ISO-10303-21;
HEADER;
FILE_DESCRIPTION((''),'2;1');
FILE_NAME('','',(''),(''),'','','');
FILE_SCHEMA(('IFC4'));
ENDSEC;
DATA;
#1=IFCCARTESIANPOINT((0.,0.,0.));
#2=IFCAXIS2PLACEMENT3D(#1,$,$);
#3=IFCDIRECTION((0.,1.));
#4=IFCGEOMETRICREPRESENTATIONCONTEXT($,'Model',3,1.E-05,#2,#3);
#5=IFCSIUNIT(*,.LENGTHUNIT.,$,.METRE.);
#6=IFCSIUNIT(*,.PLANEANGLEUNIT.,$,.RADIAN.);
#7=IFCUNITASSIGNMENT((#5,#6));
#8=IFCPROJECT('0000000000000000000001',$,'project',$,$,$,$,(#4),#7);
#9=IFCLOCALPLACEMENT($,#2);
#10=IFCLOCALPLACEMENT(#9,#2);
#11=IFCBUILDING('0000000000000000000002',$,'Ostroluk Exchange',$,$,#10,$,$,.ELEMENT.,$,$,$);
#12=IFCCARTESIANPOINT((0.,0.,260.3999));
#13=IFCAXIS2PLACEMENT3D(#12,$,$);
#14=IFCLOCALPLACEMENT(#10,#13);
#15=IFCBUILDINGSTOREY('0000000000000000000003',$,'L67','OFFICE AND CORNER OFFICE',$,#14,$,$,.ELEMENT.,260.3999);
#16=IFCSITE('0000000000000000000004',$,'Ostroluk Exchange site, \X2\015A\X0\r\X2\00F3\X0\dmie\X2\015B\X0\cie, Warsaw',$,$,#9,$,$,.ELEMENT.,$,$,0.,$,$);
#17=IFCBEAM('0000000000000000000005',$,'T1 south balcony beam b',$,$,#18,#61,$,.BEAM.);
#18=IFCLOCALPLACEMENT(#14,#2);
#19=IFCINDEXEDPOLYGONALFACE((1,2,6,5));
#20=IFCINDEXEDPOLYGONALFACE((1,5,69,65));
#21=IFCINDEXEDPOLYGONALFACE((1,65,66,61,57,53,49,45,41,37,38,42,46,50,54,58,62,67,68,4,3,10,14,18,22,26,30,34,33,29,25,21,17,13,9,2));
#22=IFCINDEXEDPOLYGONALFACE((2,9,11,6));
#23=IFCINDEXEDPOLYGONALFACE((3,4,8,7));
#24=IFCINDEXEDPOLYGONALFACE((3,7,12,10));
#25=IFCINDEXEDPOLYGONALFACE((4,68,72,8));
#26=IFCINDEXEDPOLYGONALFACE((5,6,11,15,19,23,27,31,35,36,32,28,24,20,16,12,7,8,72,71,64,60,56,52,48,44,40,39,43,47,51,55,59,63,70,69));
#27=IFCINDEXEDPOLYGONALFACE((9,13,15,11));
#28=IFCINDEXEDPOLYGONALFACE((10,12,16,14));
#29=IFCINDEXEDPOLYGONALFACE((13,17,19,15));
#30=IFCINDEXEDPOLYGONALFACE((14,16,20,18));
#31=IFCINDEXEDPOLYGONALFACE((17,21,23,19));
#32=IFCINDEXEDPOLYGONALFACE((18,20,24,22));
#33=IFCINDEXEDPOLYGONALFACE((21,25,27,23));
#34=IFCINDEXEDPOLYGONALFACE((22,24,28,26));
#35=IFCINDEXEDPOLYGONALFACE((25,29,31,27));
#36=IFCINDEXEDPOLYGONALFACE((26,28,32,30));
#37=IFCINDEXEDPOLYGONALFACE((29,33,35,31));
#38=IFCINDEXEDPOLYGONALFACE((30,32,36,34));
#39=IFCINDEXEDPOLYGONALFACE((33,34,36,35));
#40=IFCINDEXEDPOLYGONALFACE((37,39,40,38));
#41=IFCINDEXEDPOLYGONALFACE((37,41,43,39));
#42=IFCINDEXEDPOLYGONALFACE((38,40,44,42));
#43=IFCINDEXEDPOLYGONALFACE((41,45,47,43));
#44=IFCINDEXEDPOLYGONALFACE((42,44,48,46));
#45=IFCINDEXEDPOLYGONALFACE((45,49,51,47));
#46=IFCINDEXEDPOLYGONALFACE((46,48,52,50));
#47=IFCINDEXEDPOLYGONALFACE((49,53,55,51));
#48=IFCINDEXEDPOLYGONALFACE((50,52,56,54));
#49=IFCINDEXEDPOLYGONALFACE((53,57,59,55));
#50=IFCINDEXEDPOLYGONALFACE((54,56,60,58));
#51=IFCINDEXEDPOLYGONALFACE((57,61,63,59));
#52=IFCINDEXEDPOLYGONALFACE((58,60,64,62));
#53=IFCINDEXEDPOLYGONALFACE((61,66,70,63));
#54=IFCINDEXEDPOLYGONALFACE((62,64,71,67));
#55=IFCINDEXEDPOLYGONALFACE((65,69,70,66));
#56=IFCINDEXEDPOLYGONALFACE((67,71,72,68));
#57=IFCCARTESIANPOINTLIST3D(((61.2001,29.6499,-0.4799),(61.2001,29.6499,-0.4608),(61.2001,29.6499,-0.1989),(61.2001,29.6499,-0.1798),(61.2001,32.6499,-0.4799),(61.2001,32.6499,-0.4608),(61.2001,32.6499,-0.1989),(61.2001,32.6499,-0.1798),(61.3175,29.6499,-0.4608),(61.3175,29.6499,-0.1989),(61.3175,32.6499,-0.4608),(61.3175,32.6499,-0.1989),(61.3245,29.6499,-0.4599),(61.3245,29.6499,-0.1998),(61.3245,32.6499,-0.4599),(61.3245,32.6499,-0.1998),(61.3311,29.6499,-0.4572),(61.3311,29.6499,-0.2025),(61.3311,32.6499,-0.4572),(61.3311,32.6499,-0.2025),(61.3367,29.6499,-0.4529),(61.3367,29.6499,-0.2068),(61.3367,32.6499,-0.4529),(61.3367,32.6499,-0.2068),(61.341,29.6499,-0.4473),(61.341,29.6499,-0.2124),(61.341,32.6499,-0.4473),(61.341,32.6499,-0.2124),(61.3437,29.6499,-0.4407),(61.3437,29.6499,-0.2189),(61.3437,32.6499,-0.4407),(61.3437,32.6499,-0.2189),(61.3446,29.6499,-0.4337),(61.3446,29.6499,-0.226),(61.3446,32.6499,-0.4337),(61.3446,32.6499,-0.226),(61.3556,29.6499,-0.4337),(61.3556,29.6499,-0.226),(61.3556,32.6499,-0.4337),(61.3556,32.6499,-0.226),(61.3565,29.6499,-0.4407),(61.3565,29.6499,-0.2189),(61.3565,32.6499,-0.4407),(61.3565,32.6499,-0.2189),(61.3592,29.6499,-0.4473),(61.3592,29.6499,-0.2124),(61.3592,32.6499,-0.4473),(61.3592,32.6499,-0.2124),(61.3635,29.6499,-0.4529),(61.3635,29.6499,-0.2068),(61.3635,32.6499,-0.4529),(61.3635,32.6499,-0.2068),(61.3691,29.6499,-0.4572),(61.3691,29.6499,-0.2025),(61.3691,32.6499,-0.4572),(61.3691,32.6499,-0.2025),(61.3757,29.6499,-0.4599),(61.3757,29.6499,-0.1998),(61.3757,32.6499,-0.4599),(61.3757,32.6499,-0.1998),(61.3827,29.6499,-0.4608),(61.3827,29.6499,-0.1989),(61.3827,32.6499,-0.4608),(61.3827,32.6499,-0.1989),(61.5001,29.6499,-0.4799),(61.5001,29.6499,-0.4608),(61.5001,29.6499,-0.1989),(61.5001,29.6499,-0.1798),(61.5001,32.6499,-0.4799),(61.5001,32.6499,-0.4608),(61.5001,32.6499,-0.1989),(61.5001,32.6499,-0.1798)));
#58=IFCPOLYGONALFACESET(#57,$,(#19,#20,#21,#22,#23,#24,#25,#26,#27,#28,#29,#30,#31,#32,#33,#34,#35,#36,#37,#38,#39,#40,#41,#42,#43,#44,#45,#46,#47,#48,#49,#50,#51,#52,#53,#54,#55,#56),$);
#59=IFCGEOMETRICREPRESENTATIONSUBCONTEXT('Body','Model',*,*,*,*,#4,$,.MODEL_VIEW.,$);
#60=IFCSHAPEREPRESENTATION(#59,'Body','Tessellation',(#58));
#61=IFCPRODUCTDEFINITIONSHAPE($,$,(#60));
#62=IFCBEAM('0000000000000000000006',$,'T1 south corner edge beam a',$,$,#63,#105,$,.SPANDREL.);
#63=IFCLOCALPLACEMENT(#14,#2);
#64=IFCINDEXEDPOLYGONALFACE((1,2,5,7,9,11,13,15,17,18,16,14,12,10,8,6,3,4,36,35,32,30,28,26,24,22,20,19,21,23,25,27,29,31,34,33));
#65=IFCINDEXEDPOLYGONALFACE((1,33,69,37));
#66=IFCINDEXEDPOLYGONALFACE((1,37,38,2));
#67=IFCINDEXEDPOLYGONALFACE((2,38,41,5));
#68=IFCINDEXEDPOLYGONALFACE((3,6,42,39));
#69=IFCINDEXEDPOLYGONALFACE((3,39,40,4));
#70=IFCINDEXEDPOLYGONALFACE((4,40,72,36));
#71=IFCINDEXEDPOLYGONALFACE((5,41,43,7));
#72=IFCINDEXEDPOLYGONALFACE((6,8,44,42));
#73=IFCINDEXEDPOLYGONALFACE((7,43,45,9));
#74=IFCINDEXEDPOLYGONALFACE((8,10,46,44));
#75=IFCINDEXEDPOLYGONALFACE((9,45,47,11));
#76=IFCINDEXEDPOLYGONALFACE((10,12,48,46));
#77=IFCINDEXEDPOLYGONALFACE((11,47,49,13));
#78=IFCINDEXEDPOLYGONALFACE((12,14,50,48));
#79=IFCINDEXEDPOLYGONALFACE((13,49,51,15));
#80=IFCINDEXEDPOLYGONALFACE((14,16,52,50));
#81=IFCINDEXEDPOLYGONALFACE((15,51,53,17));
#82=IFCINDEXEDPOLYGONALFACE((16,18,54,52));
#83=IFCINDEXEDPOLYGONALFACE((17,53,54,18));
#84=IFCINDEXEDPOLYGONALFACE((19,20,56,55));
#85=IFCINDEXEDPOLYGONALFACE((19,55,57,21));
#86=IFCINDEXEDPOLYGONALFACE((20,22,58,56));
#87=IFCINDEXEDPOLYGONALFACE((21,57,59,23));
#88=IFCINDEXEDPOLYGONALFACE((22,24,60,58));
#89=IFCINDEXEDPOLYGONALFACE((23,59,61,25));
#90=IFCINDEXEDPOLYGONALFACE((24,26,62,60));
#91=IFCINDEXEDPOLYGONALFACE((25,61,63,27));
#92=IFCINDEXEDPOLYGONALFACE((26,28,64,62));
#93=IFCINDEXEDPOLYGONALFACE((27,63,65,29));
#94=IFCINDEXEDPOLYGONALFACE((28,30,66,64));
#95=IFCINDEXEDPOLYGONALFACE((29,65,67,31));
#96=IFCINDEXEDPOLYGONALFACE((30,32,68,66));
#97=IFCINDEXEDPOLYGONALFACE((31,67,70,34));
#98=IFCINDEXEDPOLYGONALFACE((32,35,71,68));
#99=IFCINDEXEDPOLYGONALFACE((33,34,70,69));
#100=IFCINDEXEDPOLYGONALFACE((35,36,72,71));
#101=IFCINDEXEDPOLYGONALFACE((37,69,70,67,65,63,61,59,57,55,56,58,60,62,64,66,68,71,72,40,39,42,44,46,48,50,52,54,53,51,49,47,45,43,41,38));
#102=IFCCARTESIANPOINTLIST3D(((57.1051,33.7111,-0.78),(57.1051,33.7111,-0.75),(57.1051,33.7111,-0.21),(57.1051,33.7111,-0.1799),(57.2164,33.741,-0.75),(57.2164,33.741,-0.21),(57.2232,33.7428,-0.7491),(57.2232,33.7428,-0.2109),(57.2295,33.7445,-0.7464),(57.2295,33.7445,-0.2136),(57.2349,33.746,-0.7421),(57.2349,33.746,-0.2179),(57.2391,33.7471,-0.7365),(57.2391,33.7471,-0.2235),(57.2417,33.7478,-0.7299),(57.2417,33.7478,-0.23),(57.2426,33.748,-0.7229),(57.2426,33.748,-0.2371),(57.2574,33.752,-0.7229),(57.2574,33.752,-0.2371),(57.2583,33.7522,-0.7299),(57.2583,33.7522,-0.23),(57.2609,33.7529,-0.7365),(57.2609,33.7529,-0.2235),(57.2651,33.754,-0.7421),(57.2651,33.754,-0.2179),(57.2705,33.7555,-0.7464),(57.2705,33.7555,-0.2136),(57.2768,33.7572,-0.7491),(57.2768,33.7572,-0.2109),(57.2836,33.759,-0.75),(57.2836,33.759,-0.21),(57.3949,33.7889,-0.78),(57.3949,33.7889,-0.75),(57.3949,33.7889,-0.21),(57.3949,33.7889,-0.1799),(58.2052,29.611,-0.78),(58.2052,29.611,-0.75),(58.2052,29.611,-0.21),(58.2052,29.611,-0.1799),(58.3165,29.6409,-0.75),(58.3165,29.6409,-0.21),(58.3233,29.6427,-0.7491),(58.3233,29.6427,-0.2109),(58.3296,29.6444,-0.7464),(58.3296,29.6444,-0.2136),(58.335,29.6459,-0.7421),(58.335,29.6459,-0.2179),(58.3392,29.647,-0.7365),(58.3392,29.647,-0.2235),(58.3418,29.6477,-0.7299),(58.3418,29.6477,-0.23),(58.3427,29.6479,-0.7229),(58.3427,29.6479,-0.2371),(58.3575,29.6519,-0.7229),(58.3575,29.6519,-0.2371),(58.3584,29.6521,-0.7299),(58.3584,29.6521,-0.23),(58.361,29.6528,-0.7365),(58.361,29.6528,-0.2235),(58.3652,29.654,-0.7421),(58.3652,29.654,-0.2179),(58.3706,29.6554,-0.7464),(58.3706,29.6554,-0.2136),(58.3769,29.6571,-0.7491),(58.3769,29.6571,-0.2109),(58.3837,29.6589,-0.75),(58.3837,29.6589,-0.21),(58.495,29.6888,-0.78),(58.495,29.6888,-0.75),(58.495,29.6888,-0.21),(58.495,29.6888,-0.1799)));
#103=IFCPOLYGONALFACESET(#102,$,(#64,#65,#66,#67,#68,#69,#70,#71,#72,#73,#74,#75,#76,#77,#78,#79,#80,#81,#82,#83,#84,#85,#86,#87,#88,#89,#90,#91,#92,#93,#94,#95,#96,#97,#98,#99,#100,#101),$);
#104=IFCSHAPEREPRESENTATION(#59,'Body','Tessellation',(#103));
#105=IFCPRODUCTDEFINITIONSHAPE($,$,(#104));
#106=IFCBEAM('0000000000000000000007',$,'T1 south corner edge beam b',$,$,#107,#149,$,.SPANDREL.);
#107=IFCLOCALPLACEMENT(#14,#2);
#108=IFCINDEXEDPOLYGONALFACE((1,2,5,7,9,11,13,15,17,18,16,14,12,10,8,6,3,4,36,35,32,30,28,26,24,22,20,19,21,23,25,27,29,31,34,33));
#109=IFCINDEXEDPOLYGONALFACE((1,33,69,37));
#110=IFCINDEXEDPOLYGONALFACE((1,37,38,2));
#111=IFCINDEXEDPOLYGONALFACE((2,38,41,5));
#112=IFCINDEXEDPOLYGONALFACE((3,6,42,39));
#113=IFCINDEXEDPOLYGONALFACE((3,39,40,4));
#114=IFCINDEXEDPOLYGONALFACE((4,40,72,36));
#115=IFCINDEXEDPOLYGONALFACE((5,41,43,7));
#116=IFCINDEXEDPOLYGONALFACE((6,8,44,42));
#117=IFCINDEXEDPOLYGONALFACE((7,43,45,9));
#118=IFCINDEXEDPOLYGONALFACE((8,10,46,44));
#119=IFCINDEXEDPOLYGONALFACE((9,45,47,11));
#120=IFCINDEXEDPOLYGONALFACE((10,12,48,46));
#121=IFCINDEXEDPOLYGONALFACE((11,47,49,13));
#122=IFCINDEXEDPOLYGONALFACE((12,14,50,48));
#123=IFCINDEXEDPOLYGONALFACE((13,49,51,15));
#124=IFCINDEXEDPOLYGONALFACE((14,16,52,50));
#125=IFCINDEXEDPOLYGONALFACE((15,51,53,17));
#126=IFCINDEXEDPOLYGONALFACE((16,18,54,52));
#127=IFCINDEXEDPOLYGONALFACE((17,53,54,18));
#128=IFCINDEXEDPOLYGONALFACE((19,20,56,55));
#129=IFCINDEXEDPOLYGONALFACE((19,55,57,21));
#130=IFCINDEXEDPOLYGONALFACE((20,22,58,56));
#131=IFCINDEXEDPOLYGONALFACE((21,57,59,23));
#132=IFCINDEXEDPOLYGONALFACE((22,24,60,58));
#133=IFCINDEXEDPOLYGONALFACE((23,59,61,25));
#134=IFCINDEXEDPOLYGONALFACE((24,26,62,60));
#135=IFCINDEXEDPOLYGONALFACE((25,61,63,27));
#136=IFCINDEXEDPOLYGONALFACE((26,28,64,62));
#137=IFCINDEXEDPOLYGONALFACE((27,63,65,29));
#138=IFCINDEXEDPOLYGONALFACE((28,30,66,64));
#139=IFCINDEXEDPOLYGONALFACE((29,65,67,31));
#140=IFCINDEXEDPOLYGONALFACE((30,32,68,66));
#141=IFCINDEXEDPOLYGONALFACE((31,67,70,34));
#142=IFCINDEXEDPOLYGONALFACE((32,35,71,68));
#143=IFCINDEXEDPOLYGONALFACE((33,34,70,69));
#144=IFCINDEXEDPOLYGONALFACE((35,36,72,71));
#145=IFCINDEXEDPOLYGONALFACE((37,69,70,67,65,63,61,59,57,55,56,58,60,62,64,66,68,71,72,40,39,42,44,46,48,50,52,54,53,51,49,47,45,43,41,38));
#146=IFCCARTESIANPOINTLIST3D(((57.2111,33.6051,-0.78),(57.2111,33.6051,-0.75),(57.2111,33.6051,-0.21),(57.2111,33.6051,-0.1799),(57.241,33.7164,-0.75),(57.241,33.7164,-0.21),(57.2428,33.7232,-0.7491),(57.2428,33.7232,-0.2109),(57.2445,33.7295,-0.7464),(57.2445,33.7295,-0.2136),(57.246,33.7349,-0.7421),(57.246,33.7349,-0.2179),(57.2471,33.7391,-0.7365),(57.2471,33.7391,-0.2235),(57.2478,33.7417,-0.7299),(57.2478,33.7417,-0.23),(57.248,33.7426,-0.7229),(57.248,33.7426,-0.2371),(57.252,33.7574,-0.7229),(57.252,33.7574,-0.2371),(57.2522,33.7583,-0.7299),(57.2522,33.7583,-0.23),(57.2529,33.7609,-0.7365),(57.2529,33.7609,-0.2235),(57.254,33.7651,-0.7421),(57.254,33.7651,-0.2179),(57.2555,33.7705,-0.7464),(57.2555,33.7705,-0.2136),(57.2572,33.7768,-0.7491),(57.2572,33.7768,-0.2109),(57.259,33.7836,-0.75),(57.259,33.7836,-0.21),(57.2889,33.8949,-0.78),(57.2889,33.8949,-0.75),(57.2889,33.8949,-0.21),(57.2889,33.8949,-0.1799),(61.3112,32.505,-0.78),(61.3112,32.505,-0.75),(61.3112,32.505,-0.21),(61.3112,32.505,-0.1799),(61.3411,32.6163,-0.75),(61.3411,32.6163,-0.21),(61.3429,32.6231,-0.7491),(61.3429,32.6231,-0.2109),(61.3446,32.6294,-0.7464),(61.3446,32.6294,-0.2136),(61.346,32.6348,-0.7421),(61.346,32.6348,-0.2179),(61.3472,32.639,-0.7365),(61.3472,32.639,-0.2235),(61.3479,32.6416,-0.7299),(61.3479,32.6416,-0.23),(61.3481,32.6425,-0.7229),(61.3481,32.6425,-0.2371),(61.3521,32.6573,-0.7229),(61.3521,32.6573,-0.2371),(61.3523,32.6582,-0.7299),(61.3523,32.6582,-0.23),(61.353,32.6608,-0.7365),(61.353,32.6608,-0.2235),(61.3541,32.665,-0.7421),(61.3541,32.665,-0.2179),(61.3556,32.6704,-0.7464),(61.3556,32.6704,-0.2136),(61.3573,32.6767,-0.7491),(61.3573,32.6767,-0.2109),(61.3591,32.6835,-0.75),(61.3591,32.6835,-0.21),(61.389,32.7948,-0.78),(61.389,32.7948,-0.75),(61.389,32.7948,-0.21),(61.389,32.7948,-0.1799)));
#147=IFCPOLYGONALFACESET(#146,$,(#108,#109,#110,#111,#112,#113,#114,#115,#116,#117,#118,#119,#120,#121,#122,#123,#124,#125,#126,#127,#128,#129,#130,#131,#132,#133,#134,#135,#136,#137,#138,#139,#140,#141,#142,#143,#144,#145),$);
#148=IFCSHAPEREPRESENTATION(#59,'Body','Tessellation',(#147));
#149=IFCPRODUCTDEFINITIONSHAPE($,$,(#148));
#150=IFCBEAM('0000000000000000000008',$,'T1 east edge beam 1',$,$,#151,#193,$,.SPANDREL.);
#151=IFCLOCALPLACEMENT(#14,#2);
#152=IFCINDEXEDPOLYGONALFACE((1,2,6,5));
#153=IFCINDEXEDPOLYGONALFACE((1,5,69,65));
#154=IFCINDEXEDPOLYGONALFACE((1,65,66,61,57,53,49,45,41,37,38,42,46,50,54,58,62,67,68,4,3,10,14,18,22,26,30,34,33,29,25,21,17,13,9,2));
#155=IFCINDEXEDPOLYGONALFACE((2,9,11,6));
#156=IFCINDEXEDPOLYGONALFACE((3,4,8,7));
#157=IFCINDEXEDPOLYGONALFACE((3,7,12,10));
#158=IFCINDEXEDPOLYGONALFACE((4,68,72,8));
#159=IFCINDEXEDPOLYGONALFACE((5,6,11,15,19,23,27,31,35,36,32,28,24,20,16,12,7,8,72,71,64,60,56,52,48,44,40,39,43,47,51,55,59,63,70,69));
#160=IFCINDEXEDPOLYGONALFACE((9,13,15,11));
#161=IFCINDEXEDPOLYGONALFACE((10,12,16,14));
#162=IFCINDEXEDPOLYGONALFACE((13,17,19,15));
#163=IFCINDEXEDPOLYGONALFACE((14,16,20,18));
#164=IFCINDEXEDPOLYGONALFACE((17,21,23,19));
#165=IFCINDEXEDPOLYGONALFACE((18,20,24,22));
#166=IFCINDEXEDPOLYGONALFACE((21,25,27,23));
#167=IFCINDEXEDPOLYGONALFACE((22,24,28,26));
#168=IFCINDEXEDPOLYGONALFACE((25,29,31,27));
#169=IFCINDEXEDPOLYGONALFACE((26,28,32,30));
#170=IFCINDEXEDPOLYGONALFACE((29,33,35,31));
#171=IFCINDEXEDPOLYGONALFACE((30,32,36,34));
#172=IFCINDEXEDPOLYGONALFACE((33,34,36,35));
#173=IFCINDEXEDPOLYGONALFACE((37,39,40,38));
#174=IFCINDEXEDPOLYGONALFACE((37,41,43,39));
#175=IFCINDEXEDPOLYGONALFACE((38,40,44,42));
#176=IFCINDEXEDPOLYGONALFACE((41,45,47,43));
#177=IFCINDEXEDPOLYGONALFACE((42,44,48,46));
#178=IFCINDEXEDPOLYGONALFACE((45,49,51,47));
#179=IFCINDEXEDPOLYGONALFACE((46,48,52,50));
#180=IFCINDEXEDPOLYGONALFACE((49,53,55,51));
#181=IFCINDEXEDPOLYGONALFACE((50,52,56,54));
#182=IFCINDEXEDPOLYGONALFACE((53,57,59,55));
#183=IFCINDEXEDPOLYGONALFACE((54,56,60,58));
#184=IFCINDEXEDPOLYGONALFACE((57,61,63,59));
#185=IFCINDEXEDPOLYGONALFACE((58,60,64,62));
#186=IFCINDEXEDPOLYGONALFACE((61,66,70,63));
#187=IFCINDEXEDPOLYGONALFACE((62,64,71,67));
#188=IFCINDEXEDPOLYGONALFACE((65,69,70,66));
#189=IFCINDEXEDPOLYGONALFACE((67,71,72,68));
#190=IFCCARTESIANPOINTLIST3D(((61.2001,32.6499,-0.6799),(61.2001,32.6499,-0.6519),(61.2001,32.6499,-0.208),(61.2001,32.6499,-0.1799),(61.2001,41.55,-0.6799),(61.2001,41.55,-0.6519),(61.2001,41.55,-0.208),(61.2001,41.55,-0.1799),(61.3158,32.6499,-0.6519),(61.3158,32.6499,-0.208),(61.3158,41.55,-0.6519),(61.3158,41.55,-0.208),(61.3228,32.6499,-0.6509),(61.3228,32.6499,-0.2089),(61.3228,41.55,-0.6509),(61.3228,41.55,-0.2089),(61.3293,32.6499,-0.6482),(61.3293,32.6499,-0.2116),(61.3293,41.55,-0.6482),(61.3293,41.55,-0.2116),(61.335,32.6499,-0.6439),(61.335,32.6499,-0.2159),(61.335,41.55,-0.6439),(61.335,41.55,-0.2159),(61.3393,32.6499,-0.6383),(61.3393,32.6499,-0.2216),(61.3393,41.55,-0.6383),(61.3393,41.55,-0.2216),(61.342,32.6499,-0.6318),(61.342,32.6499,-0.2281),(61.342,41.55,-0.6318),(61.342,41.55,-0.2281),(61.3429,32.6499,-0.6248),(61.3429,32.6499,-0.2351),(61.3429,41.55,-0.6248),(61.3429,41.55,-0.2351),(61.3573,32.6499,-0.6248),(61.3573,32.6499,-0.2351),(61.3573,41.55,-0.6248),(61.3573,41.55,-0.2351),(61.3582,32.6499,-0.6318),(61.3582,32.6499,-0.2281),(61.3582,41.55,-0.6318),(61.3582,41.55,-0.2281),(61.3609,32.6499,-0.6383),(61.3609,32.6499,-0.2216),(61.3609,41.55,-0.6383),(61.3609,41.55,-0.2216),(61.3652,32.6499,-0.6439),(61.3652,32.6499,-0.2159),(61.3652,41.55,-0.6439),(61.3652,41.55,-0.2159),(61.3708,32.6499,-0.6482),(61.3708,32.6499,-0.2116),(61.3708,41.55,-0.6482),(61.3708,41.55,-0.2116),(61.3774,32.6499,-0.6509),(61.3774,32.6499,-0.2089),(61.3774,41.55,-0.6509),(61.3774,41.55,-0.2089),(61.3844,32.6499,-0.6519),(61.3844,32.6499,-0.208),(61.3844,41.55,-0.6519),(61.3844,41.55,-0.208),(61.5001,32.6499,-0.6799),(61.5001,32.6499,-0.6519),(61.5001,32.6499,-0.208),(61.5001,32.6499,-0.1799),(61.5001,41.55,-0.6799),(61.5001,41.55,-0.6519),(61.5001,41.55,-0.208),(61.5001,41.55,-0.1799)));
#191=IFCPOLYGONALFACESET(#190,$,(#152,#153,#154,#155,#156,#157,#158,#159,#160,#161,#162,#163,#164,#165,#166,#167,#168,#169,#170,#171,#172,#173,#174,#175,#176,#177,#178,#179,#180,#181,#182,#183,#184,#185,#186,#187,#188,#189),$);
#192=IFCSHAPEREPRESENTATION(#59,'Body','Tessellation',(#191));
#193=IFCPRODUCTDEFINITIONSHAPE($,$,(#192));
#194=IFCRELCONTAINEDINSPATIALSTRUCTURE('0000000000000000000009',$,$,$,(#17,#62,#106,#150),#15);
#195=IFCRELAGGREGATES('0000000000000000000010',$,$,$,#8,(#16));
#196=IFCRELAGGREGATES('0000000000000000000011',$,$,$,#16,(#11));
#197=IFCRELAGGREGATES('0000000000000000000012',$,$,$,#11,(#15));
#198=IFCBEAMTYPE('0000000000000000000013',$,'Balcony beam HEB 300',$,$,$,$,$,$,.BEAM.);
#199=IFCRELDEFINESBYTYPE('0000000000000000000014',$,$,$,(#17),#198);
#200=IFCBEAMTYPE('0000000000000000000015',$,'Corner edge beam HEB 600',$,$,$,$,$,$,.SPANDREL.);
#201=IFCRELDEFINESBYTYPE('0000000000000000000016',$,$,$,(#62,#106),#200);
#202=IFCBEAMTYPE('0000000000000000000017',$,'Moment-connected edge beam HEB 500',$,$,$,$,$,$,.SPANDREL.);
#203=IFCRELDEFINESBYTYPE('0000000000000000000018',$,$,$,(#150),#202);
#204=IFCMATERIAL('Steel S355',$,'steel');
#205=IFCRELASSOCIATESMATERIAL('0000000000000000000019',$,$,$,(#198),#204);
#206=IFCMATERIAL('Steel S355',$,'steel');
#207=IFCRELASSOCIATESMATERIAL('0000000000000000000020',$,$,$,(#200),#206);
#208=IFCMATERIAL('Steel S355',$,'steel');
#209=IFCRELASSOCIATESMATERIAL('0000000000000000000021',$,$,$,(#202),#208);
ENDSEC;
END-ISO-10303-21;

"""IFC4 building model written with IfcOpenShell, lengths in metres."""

from ifc_helpers import new_model, si_unit, direction, frame, origin, origin_2d, place, context, subcontext, project, spatial, i_section, extrude, material, material_profile, profile_set, type_object, element, save


model = new_model("IFC4")

# Units and contexts
model_context = context("Model", 3, precision=1e-05, world=origin(), true_north=direction((0.0, 1.0)))
body_context = subcontext(model_context, "Body", "Model", "MODEL_VIEW")
ifc_project = project(units=[si_unit("LENGTHUNIT", "METRE"), si_unit("PLANEANGLEUNIT", "RADIAN")], contexts=[model_context])

# Site, building, storey
site_placement = place(None, origin())
site = spatial("IfcSite", under=ifc_project, at=site_placement, Name="Ostroluk Exchange site, Śródmieście, Warsaw", CompositionType="ELEMENT", RefElevation=0.0)
building_placement = place(site_placement, origin())
building = spatial("IfcBuilding", under=site, at=building_placement, Name="Ostroluk Exchange", CompositionType="ELEMENT")
storey_placement = place(building_placement, frame((0.0, 0.0, 260.3999)))
storey = spatial("IfcBuildingStorey", under=building, at=storey_placement, Name="L67", Description="OFFICE AND CORNER OFFICE", CompositionType="ELEMENT", Elevation=260.3999)

# Beams
ifc_material_1 = material(Name="Steel S355", Category="steel")
ifc_material_profile_1 = material_profile(ifc_material_1, i_section(OverallWidth=0.3, OverallDepth=0.3, WebThickness=0.011, FlangeThickness=0.019, FilletRadius=0.0271, at=origin_2d()), Name="HEB 300")
ifc_profile_set_1 = profile_set([ifc_material_profile_1], Name="Steel S355")
beam_type_1 = type_object("IfcBeamType", Name="Balcony beam HEB 300", PredefinedType="BEAM", material=ifc_profile_set_1)
for number, where, z_axis, x_axis, name in (
    (1, (61.3501, 32.6499, -0.3298), (0.0, -1.0, 0.0), (1.0, 0.0, 0.0), "T1 south balcony beam b"),
):
    element("IfcBeam", number, at=place(storey_placement, frame(where, z_axis=z_axis, x_axis=x_axis)), inside=storey, type_object=beam_type_1, Name=name, PredefinedType="BEAM", context=body_context, shape_type="SweptSolid", body=[
        extrude(i_section(OverallWidth=0.3, OverallDepth=0.3, WebThickness=0.011, FlangeThickness=0.019, FilletRadius=0.0271, at=origin_2d()), origin(), (0.0, 0.0, 1.0), 3.0),
    ])
ifc_material_2 = material(Name="Steel S355", Category="steel")
ifc_material_profile_2 = material_profile(ifc_material_2, i_section(OverallWidth=0.3, OverallDepth=0.6001, WebThickness=0.0154, FlangeThickness=0.03, FilletRadius=0.0271, at=origin_2d()), Name="HEB 600")
ifc_profile_set_2 = profile_set([ifc_material_profile_2], Name="Steel S355")
beam_type_2 = type_object("IfcBeamType", Name="Corner edge beam HEB 600", PredefinedType="SPANDREL", material=ifc_profile_set_2)
for number, where, z_axis, x_axis, name in (
    (2, (57.25, 33.75, -0.48), (0.259144, -0.965839, 0.0), (0.965839, 0.259144, 0.0), "T1 south corner edge beam a"),
    (3, (57.25, 33.75, -0.48), (0.965839, -0.259144, 0.0), (0.259144, 0.965839, 0.0), "T1 south corner edge beam b"),
):
    element("IfcBeam", number, at=place(storey_placement, frame(where, z_axis=z_axis, x_axis=x_axis)), inside=storey, type_object=beam_type_2, Name=name, PredefinedType="SPANDREL", context=body_context, shape_type="SweptSolid", body=[
        extrude(i_section(OverallWidth=0.3, OverallDepth=0.6001, WebThickness=0.0154, FlangeThickness=0.03, FilletRadius=0.0271, at=origin_2d()), origin(), (0.0, 0.0, 1.0), 4.2451),
    ])
ifc_material_3 = material(Name="Steel S355", Category="steel")
ifc_material_profile_3 = material_profile(ifc_material_3, i_section(OverallWidth=0.3, OverallDepth=0.5, WebThickness=0.0144, FlangeThickness=0.0281, FilletRadius=0.0271, at=origin_2d()), Name="HEB 500")
ifc_profile_set_3 = profile_set([ifc_material_profile_3], Name="Steel S355")
beam_type_3 = type_object("IfcBeamType", Name="Moment-connected edge beam HEB 500", PredefinedType="SPANDREL", material=ifc_profile_set_3)
beam_placement = place(storey_placement, frame((61.3501, 32.6499, -0.4299), z_axis=(0.0, 1.0, 0.0), x_axis=(-1.0, 0.0, 0.0)))
element("IfcBeam", 4, at=beam_placement, inside=storey, type_object=beam_type_3, Name="T1 east edge beam 1", PredefinedType="SPANDREL", context=body_context, shape_type="SweptSolid", body=[
    extrude(i_section(OverallWidth=0.3, OverallDepth=0.5, WebThickness=0.0144, FlangeThickness=0.0281, FilletRadius=0.0271, at=origin_2d()), origin(), (0.0, 0.0, 1.0), 8.9001),
])

save(model, "model.ifc")
